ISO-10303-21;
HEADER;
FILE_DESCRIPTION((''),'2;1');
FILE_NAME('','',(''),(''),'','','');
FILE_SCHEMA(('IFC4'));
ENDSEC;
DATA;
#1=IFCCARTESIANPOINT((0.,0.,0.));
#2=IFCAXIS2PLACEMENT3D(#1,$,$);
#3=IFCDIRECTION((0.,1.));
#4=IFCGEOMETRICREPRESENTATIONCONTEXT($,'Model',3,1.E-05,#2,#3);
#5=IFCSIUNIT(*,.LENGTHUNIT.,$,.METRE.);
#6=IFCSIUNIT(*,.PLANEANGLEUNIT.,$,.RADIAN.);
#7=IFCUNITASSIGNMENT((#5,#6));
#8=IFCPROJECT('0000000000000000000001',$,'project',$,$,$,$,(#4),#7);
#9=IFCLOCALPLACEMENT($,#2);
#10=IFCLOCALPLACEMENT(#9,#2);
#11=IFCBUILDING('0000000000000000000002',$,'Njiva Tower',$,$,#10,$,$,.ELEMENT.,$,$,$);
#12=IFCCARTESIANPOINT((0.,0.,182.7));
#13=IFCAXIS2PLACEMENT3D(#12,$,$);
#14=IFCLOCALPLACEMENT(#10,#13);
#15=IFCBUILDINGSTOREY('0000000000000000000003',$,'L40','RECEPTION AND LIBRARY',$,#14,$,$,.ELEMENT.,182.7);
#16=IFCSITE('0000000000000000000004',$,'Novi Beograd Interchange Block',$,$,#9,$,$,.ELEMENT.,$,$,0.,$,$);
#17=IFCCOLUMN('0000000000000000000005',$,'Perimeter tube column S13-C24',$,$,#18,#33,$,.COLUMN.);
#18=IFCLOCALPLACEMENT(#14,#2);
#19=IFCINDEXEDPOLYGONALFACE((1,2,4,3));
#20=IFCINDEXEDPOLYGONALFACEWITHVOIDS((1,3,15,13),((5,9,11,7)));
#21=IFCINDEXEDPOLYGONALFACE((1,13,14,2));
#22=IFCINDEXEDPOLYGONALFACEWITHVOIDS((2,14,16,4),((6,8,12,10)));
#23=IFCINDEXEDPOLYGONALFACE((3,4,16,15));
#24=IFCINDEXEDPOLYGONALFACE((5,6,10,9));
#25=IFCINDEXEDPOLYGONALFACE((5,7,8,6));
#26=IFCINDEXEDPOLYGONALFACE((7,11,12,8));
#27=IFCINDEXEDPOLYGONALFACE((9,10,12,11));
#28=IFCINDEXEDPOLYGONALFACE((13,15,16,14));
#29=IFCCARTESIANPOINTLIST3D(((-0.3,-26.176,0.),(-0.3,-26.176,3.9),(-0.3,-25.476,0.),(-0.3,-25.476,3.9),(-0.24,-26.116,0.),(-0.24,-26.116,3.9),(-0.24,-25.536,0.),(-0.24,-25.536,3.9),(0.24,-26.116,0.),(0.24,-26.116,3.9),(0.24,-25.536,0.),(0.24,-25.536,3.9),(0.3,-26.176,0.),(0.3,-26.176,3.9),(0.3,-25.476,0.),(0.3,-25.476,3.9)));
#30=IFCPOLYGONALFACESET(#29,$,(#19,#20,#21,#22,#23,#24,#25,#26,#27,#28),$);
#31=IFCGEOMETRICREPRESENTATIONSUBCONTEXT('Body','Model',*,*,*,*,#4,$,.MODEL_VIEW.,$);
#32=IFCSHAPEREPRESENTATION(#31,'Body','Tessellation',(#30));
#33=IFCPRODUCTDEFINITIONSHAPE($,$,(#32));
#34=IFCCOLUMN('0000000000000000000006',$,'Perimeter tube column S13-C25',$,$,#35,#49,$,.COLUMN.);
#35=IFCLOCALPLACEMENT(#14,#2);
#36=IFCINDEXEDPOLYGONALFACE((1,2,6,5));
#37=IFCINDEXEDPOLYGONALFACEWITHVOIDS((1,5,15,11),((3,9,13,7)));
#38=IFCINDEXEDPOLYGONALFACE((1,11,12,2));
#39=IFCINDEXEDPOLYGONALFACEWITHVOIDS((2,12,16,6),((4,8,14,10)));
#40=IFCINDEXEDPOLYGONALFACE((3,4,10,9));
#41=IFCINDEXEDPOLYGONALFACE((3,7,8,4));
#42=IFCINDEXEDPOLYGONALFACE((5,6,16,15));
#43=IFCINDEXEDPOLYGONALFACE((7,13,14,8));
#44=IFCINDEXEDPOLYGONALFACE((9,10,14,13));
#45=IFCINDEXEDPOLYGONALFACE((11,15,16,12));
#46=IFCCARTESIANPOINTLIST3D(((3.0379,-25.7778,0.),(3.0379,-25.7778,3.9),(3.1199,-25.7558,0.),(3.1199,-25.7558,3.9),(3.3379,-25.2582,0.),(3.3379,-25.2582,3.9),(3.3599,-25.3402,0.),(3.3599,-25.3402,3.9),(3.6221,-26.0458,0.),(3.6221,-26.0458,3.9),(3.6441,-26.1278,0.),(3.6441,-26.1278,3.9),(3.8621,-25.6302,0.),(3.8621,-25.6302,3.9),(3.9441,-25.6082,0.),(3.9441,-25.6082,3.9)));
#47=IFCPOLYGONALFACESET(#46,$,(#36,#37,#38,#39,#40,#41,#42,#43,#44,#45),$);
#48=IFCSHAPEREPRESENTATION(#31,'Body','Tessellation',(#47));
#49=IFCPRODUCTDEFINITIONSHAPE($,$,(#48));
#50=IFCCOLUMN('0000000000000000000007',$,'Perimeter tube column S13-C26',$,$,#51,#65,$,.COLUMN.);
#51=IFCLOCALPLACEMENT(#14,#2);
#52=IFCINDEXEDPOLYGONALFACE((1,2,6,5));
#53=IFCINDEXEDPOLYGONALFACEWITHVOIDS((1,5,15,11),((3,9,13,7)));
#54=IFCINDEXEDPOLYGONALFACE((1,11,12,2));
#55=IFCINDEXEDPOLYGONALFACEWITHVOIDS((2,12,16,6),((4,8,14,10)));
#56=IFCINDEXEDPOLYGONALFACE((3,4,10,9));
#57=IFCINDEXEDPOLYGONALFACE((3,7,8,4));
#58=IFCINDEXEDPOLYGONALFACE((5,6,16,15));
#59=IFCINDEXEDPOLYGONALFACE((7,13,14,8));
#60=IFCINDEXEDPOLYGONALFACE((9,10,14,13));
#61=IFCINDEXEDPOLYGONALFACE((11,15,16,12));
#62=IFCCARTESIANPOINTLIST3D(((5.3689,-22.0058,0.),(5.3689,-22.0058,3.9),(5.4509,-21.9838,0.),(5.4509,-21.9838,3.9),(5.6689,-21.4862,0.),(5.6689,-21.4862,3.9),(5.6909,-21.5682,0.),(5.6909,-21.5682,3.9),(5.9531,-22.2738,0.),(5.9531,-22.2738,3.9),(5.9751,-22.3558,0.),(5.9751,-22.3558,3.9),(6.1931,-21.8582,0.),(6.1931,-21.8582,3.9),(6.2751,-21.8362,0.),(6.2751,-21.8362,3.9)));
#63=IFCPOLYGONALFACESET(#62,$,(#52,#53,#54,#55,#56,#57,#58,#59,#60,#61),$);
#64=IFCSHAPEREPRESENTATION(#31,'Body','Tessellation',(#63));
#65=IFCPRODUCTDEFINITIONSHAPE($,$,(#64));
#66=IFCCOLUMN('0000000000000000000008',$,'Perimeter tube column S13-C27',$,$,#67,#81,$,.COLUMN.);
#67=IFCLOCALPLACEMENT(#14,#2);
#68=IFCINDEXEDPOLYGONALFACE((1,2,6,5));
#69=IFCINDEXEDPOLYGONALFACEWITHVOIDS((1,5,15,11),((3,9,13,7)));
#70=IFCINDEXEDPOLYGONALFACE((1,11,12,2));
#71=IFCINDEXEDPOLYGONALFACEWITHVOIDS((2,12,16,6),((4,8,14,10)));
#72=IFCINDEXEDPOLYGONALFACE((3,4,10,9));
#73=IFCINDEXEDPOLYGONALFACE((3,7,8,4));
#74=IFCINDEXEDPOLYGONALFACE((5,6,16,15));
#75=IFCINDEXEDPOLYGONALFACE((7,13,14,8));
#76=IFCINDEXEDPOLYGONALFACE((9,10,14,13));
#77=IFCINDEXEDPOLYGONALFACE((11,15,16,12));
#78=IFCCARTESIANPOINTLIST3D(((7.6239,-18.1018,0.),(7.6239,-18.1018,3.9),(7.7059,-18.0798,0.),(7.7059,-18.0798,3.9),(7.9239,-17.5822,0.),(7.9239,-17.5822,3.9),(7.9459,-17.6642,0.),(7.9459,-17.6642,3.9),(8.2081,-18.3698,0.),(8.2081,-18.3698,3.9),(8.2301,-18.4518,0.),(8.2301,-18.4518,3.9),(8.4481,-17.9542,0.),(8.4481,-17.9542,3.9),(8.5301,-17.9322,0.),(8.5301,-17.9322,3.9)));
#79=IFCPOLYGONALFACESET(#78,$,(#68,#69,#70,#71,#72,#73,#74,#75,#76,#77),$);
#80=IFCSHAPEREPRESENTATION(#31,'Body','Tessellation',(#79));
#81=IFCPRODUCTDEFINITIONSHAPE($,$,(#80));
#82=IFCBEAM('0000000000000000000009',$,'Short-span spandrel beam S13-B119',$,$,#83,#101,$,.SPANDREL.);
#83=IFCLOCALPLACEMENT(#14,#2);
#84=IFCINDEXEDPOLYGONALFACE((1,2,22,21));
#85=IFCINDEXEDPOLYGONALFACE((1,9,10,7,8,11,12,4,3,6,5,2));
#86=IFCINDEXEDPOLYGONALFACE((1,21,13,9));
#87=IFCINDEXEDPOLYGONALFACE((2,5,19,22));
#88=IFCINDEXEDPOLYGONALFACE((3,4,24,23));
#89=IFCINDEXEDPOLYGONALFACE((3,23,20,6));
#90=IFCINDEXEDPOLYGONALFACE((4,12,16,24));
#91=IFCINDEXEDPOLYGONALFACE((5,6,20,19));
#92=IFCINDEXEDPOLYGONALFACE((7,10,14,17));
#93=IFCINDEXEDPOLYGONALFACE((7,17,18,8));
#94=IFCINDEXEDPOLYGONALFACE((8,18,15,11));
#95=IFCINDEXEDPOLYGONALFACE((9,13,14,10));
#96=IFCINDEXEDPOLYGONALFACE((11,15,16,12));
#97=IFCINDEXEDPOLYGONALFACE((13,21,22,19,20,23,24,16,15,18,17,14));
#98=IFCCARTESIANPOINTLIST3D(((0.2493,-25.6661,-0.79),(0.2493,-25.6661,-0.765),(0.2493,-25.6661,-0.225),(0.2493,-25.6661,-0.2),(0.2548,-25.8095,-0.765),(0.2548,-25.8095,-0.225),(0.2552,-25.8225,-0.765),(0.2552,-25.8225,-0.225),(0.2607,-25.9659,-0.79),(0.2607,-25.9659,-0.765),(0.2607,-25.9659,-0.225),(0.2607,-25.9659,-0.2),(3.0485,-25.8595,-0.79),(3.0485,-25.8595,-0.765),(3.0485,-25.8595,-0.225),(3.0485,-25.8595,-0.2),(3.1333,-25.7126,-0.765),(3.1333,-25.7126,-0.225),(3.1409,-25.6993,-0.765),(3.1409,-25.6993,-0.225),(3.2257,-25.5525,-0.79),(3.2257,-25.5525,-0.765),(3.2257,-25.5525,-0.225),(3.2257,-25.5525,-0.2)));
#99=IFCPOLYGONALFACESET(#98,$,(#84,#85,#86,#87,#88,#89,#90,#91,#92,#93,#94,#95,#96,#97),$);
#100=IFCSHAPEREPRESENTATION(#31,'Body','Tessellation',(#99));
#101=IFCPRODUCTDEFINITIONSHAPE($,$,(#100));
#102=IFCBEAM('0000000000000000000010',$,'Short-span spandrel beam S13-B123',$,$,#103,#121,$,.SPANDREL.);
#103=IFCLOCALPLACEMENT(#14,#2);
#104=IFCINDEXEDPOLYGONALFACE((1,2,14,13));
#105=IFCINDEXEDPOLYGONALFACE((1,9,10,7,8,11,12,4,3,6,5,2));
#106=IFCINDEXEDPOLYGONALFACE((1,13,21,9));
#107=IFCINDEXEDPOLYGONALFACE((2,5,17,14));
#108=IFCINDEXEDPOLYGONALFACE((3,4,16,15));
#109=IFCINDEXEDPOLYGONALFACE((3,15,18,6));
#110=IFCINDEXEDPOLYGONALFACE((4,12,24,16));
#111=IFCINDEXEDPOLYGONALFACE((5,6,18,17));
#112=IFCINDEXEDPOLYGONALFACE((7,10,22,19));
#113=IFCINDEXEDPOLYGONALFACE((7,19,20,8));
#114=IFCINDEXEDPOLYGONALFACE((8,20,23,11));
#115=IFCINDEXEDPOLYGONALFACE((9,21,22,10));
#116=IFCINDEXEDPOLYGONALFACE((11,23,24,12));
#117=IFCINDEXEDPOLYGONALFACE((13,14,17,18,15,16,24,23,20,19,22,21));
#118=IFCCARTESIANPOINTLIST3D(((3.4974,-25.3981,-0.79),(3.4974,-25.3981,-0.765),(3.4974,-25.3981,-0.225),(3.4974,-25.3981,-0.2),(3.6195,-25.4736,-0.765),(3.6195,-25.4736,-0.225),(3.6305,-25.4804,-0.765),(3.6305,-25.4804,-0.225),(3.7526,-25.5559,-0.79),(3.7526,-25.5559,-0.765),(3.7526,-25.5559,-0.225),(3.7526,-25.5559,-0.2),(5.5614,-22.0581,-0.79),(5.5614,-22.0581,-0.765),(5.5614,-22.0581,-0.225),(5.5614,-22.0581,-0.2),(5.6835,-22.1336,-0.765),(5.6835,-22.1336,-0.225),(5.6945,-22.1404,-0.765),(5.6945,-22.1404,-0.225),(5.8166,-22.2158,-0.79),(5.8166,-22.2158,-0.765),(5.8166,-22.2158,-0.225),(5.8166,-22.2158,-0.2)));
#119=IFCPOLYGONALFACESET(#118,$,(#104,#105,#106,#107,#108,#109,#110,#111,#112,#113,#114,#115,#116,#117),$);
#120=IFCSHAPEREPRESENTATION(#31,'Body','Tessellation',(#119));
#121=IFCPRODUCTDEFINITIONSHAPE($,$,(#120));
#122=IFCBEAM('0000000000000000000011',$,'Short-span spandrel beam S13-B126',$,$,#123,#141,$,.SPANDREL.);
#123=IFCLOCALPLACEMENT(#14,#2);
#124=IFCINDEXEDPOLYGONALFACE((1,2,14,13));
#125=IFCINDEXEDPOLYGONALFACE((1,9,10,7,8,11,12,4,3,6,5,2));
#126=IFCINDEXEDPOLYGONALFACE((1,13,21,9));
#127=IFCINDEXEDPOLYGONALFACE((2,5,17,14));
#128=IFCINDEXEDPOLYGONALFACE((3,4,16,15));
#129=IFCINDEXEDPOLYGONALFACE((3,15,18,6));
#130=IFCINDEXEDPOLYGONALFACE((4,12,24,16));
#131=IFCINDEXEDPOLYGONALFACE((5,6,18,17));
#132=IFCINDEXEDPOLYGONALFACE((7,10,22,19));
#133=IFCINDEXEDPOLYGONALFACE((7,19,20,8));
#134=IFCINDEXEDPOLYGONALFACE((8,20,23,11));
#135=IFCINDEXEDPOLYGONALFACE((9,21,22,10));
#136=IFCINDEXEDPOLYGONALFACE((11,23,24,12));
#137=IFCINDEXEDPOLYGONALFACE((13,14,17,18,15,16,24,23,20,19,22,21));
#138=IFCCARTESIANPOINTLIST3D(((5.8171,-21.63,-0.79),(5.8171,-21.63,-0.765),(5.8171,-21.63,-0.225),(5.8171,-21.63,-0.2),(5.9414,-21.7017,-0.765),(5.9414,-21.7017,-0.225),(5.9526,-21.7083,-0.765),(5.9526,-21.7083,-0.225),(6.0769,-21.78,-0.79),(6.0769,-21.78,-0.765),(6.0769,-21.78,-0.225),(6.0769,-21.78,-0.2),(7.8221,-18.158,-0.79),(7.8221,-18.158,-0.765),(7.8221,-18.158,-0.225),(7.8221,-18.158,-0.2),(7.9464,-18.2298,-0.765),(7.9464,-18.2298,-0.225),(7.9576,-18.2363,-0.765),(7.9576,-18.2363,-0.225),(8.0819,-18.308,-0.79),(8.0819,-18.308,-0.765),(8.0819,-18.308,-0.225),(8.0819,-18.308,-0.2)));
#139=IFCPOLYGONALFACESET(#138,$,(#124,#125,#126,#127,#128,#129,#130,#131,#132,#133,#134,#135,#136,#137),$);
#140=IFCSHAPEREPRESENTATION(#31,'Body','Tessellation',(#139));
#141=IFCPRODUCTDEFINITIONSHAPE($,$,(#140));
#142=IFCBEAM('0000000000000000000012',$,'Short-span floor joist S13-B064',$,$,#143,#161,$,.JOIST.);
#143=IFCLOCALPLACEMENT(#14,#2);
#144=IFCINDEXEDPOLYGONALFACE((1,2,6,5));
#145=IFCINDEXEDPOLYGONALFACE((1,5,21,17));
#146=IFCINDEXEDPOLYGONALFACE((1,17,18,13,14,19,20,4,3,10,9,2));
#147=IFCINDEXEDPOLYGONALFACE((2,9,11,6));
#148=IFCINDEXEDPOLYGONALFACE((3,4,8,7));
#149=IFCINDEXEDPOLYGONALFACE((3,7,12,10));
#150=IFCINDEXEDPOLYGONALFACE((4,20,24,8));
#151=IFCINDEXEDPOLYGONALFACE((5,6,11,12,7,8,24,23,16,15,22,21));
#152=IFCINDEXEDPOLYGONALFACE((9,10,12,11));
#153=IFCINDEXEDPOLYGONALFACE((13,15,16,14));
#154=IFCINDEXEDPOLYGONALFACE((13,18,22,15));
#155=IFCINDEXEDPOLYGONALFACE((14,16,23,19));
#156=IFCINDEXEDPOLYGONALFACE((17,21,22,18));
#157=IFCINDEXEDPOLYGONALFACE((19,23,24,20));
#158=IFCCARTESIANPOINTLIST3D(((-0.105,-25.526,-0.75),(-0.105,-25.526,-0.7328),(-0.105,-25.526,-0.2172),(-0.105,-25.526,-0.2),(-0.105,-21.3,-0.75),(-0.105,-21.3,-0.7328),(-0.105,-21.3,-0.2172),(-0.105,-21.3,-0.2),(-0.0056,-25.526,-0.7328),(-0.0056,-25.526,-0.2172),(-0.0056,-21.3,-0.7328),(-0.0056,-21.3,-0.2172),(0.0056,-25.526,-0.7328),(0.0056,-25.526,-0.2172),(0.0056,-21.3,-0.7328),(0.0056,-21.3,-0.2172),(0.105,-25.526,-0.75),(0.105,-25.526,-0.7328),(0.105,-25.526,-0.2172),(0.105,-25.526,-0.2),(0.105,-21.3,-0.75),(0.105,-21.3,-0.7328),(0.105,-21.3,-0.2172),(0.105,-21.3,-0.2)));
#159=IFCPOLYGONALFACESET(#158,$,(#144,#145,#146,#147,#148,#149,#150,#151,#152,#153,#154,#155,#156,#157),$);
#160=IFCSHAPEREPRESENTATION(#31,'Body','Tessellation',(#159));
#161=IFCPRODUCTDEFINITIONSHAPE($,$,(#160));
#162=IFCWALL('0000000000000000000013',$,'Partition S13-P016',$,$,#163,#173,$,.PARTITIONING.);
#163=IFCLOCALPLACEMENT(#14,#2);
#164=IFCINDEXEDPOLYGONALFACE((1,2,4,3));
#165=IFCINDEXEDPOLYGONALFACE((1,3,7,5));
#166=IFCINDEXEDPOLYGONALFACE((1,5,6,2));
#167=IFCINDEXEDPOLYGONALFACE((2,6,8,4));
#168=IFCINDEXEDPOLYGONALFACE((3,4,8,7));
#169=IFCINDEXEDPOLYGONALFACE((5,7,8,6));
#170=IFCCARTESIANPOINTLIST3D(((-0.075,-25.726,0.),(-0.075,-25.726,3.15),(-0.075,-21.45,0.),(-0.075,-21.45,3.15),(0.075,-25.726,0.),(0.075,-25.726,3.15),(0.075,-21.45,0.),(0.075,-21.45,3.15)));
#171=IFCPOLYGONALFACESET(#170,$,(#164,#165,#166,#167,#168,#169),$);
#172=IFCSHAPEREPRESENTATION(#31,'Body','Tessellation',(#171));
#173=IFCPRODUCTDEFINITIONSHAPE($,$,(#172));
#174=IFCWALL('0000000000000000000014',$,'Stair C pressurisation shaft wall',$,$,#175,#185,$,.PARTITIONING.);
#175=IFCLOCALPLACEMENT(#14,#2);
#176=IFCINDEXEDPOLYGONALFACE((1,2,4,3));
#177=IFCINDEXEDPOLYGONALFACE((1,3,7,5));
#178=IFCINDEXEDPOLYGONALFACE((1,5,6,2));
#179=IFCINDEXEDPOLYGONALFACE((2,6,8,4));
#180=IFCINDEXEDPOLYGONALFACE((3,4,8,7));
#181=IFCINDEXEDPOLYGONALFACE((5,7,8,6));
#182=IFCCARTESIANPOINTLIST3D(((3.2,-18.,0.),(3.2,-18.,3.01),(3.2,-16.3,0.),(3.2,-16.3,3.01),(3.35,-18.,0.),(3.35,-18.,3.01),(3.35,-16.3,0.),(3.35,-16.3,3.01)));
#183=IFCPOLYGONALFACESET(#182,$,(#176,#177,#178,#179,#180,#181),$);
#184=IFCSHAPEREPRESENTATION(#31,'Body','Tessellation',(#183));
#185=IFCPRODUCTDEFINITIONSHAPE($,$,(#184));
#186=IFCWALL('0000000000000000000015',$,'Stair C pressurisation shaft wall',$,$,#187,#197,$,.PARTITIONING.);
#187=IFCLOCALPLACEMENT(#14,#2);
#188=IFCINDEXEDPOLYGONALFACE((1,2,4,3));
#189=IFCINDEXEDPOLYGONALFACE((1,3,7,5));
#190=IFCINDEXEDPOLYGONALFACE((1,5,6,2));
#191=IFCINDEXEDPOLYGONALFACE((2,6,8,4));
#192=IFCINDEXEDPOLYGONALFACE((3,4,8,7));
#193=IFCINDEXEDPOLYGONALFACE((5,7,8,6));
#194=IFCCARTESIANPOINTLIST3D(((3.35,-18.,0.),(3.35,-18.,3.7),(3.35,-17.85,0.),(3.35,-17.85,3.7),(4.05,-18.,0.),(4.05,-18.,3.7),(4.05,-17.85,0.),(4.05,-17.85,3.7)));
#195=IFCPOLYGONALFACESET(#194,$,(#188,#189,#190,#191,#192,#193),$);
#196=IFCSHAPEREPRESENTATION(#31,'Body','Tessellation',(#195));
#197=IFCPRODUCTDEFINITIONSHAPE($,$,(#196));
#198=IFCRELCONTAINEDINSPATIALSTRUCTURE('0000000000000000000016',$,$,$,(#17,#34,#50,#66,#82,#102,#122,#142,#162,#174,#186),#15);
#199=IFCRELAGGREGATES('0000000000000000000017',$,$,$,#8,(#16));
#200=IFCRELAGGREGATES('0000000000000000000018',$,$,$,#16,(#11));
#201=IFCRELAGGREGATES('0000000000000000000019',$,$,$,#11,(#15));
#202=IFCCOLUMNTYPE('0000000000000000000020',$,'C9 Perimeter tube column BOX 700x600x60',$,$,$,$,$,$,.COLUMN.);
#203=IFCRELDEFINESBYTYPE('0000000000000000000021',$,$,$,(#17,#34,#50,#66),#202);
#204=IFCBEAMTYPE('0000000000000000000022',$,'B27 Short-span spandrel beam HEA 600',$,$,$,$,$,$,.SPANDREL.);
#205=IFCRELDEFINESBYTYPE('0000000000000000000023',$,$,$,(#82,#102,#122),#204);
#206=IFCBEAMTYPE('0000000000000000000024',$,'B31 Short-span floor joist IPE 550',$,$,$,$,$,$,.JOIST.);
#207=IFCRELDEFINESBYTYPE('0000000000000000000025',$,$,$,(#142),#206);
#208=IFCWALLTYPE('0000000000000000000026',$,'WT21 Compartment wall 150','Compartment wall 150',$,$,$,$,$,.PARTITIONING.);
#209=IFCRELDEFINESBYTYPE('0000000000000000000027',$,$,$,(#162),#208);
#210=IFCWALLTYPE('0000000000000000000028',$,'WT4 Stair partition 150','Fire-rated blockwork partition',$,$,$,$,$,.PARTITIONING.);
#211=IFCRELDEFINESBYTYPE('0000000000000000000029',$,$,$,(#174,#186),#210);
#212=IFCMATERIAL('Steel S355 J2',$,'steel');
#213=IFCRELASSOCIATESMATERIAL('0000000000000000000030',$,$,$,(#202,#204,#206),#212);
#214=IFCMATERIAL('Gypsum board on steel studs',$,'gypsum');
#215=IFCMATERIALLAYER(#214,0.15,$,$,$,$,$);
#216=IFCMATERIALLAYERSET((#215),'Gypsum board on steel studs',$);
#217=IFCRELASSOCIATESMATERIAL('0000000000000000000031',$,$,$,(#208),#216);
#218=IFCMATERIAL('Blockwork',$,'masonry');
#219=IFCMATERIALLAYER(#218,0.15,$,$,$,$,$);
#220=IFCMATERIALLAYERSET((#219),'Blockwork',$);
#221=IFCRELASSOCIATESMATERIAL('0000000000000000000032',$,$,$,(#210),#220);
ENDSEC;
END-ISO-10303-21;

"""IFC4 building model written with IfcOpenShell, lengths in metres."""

from ifc_helpers import new_model, si_unit, direction, frame, frame_2d, origin, origin_2d, place, context, subcontext, project, spatial, rectangle, hollow_rectangle, i_section, extrude, clip, halfspace, material, layer, layer_set, material_profile, profile_set, type_object, element, save


model = new_model("IFC4")

# Units and contexts
model_context = context("Model", 3, precision=1e-05, world=origin(), true_north=direction((0.0, 1.0)))
body_context = subcontext(model_context, "Body", "Model", "MODEL_VIEW")
ifc_project = project(units=[si_unit("LENGTHUNIT", "METRE"), si_unit("PLANEANGLEUNIT", "RADIAN")], contexts=[model_context])

# Site, building, storey
site_placement = place(None, origin())
site = spatial("IfcSite", under=ifc_project, at=site_placement, Name="Novi Beograd Interchange Block", CompositionType="ELEMENT", RefElevation=0.0)
building_placement = place(site_placement, origin())
building = spatial("IfcBuilding", under=site, at=building_placement, Name="Njiva Tower", CompositionType="ELEMENT")
storey_placement = place(building_placement, frame((0.0, 0.0, 182.7)))
storey = spatial("IfcBuildingStorey", under=building, at=storey_placement, Name="L40", Description="RECEPTION AND LIBRARY", CompositionType="ELEMENT", Elevation=182.7)

# Columns
ifc_material_1 = material(Name="Steel S355 J2", Category="steel")
ifc_material_profile_1 = material_profile(ifc_material_1, hollow_rectangle(XDim=0.6, YDim=0.7, WallThickness=0.06, at=origin_2d()), Name="BOX 700x600x60")
ifc_profile_set_1 = profile_set([ifc_material_profile_1], Name="Steel S355 J2")
column_type = type_object("IfcColumnType", Name="C9 Perimeter tube column BOX 700x600x60", PredefinedType="COLUMN", material=ifc_profile_set_1)
for number, where, z_axis, x_axis, name in (
    (1, (0.0, -25.826, 0.0), (0.0, 0.0, 1.0), (1.0, 0.0, 0.0), "Perimeter tube column S13-C24"),
    (2, (3.491, -25.693, 0.0), (0.0, 0.0, 1.0), (0.5, 0.866025, 0.0), "Perimeter tube column S13-C25"),
    (3, (5.822, -21.921, 0.0), (0.0, 0.0, 1.0), (0.5, 0.866025, 0.0), "Perimeter tube column S13-C26"),
    (4, (8.077, -18.017, 0.0), (0.0, 0.0, 1.0), (0.5, 0.866025, 0.0), "Perimeter tube column S13-C27"),
):
    element("IfcColumn", number, at=place(storey_placement, frame(where, z_axis=z_axis, x_axis=x_axis)), inside=storey, type_object=column_type, Name=name, PredefinedType="COLUMN", context=body_context, shape_type="SweptSolid", body=[
        extrude(hollow_rectangle(XDim=0.6, YDim=0.7, WallThickness=0.06, at=origin_2d()), origin(), (0.0, 0.0, 1.0), 3.9),
    ])

# Beams
ifc_material_profile_2 = material_profile(ifc_material_1, i_section(OverallWidth=0.3, OverallDepth=0.59, WebThickness=0.013, FlangeThickness=0.025, at=origin_2d()), Name="HEA 600")
ifc_profile_set_2 = profile_set([ifc_material_profile_2], Name="Steel S355 J2")
beam_type_1 = type_object("IfcBeamType", Name="B27 Short-span spandrel beam HEA 600", PredefinedType="SPANDREL", material=ifc_profile_set_2)
beam_1_placement = place(storey_placement, frame((0.255, -25.816, -0.495), z_axis=(0.999272, 0.03814, 0.0), x_axis=(-0.03814, 0.999272, 0.0)))
element("IfcBeam", 5, at=beam_1_placement, inside=storey, type_object=beam_type_1, Name="Short-span spandrel beam S13-B119", PredefinedType="SPANDREL", context=body_context, shape_type="Clipping", body=[
    clip(extrude(i_section(OverallWidth=0.3, OverallDepth=0.59, WebThickness=0.013, FlangeThickness=0.025, at=origin_2d()), origin(), (0.0, 0.0, 1.0), 2.9981), halfspace(frame((-0.027, 0.0, 2.8672), z_axis=(-0.532665, 0.0, 0.846326), x_axis=(0.0, 1.0, 0.0)), False)),
])
beam_2_placement = place(storey_placement, frame((3.625, -25.477, -0.495), z_axis=(0.525688, 0.850677, 0.0), x_axis=(-0.850677, 0.525688, 0.0)))
element("IfcBeam", 6, at=beam_2_placement, inside=storey, type_object=beam_type_1, Name="Short-span spandrel beam S13-B123", PredefinedType="SPANDREL", context=body_context, shape_type="SweptSolid", body=[
    extrude(i_section(OverallWidth=0.3, OverallDepth=0.59, WebThickness=0.013, FlangeThickness=0.025, at=origin_2d()), origin(), (0.0, 0.0, 1.0), 3.9263),
])
beam_3_placement = place(storey_placement, frame((5.947, -21.705, -0.495), z_axis=(0.500082, 0.865978, 0.0), x_axis=(-0.865978, 0.500082, 0.0)))
element("IfcBeam", 7, at=beam_3_placement, inside=storey, type_object=beam_type_1, Name="Short-span spandrel beam S13-B126", PredefinedType="SPANDREL", context=body_context, shape_type="SweptSolid", body=[
    extrude(i_section(OverallWidth=0.3, OverallDepth=0.59, WebThickness=0.013, FlangeThickness=0.025, at=origin_2d()), origin(), (0.0, 0.0, 1.0), 4.0093),
])
ifc_material_profile_3 = material_profile(ifc_material_1, i_section(OverallWidth=0.21, OverallDepth=0.55, WebThickness=0.0111, FlangeThickness=0.0172, at=origin_2d()), Name="IPE 550")
ifc_profile_set_3 = profile_set([ifc_material_profile_3], Name="Steel S355 J2")
beam_type_2 = type_object("IfcBeamType", Name="B31 Short-span floor joist IPE 550", PredefinedType="JOIST", material=ifc_profile_set_3)
beam_4_placement = place(storey_placement, frame((0.0, -21.3, -0.475), z_axis=(0.0, -1.0, 0.0), x_axis=(1.0, 0.0, 0.0)))
element("IfcBeam", 8, at=beam_4_placement, inside=storey, type_object=beam_type_2, Name="Short-span floor joist S13-B064", PredefinedType="JOIST", context=body_context, shape_type="SweptSolid", body=[
    extrude(i_section(OverallWidth=0.21, OverallDepth=0.55, WebThickness=0.0111, FlangeThickness=0.0172, at=origin_2d()), origin(), (0.0, 0.0, 1.0), 4.226),
])

# Walls
ifc_material_2 = material(Name="Gypsum board on steel studs", Category="gypsum")
ifc_layer_1 = layer(ifc_material_2, 0.15)
ifc_layer_set_1 = layer_set([ifc_layer_1], Name="Gypsum board on steel studs")
wall_type_1 = type_object("IfcWallType", Name="WT21 Compartment wall 150", Description="Compartment wall 150", PredefinedType="PARTITIONING", material=ifc_layer_set_1)
wall_1_placement = place(storey_placement, frame((0.0, -25.726, 0.0), z_axis=(0.0, 0.0, 1.0), x_axis=(0.0, 1.0, 0.0)))
element("IfcWall", 9, at=wall_1_placement, inside=storey, type_object=wall_type_1, Name="Partition S13-P016", PredefinedType="PARTITIONING", context=body_context, shape_type="SweptSolid", body=[
    extrude(rectangle(XDim=4.276, YDim=0.15, at=frame_2d((2.138, 0.0))), origin(), (0.0, 0.0, 1.0), 3.15),
])
ifc_material_3 = material(Name="Blockwork", Category="masonry")
ifc_layer_2 = layer(ifc_material_3, 0.15)
ifc_layer_set_2 = layer_set([ifc_layer_2], Name="Blockwork")
wall_type_2 = type_object("IfcWallType", Name="WT4 Stair partition 150", Description="Fire-rated blockwork partition", PredefinedType="PARTITIONING", material=ifc_layer_set_2)
wall_2_placement = place(storey_placement, frame((3.275, -18.0, 0.0), z_axis=(0.0, 0.0, 1.0), x_axis=(0.0, 1.0, 0.0)))
element("IfcWall", 10, at=wall_2_placement, inside=storey, type_object=wall_type_2, Name="Stair C pressurisation shaft wall", PredefinedType="PARTITIONING", context=body_context, shape_type="SweptSolid", body=[
    extrude(rectangle(XDim=1.7, YDim=0.15, at=frame_2d((0.85, 0.0))), origin(), (0.0, 0.0, 1.0), 3.01),
])
wall_3_placement = place(storey_placement, frame((3.35, -17.925, 0.0), z_axis=(0.0, 0.0, 1.0), x_axis=(1.0, 0.0, 0.0)))
element("IfcWall", 11, at=wall_3_placement, inside=storey, type_object=wall_type_2, Name="Stair C pressurisation shaft wall", PredefinedType="PARTITIONING", context=body_context, shape_type="SweptSolid", body=[
    extrude(rectangle(XDim=0.7, YDim=0.15, at=frame_2d((0.35, 0.0))), origin(), (0.0, 0.0, 1.0), 3.7),
])

save(model, "model.ifc")
